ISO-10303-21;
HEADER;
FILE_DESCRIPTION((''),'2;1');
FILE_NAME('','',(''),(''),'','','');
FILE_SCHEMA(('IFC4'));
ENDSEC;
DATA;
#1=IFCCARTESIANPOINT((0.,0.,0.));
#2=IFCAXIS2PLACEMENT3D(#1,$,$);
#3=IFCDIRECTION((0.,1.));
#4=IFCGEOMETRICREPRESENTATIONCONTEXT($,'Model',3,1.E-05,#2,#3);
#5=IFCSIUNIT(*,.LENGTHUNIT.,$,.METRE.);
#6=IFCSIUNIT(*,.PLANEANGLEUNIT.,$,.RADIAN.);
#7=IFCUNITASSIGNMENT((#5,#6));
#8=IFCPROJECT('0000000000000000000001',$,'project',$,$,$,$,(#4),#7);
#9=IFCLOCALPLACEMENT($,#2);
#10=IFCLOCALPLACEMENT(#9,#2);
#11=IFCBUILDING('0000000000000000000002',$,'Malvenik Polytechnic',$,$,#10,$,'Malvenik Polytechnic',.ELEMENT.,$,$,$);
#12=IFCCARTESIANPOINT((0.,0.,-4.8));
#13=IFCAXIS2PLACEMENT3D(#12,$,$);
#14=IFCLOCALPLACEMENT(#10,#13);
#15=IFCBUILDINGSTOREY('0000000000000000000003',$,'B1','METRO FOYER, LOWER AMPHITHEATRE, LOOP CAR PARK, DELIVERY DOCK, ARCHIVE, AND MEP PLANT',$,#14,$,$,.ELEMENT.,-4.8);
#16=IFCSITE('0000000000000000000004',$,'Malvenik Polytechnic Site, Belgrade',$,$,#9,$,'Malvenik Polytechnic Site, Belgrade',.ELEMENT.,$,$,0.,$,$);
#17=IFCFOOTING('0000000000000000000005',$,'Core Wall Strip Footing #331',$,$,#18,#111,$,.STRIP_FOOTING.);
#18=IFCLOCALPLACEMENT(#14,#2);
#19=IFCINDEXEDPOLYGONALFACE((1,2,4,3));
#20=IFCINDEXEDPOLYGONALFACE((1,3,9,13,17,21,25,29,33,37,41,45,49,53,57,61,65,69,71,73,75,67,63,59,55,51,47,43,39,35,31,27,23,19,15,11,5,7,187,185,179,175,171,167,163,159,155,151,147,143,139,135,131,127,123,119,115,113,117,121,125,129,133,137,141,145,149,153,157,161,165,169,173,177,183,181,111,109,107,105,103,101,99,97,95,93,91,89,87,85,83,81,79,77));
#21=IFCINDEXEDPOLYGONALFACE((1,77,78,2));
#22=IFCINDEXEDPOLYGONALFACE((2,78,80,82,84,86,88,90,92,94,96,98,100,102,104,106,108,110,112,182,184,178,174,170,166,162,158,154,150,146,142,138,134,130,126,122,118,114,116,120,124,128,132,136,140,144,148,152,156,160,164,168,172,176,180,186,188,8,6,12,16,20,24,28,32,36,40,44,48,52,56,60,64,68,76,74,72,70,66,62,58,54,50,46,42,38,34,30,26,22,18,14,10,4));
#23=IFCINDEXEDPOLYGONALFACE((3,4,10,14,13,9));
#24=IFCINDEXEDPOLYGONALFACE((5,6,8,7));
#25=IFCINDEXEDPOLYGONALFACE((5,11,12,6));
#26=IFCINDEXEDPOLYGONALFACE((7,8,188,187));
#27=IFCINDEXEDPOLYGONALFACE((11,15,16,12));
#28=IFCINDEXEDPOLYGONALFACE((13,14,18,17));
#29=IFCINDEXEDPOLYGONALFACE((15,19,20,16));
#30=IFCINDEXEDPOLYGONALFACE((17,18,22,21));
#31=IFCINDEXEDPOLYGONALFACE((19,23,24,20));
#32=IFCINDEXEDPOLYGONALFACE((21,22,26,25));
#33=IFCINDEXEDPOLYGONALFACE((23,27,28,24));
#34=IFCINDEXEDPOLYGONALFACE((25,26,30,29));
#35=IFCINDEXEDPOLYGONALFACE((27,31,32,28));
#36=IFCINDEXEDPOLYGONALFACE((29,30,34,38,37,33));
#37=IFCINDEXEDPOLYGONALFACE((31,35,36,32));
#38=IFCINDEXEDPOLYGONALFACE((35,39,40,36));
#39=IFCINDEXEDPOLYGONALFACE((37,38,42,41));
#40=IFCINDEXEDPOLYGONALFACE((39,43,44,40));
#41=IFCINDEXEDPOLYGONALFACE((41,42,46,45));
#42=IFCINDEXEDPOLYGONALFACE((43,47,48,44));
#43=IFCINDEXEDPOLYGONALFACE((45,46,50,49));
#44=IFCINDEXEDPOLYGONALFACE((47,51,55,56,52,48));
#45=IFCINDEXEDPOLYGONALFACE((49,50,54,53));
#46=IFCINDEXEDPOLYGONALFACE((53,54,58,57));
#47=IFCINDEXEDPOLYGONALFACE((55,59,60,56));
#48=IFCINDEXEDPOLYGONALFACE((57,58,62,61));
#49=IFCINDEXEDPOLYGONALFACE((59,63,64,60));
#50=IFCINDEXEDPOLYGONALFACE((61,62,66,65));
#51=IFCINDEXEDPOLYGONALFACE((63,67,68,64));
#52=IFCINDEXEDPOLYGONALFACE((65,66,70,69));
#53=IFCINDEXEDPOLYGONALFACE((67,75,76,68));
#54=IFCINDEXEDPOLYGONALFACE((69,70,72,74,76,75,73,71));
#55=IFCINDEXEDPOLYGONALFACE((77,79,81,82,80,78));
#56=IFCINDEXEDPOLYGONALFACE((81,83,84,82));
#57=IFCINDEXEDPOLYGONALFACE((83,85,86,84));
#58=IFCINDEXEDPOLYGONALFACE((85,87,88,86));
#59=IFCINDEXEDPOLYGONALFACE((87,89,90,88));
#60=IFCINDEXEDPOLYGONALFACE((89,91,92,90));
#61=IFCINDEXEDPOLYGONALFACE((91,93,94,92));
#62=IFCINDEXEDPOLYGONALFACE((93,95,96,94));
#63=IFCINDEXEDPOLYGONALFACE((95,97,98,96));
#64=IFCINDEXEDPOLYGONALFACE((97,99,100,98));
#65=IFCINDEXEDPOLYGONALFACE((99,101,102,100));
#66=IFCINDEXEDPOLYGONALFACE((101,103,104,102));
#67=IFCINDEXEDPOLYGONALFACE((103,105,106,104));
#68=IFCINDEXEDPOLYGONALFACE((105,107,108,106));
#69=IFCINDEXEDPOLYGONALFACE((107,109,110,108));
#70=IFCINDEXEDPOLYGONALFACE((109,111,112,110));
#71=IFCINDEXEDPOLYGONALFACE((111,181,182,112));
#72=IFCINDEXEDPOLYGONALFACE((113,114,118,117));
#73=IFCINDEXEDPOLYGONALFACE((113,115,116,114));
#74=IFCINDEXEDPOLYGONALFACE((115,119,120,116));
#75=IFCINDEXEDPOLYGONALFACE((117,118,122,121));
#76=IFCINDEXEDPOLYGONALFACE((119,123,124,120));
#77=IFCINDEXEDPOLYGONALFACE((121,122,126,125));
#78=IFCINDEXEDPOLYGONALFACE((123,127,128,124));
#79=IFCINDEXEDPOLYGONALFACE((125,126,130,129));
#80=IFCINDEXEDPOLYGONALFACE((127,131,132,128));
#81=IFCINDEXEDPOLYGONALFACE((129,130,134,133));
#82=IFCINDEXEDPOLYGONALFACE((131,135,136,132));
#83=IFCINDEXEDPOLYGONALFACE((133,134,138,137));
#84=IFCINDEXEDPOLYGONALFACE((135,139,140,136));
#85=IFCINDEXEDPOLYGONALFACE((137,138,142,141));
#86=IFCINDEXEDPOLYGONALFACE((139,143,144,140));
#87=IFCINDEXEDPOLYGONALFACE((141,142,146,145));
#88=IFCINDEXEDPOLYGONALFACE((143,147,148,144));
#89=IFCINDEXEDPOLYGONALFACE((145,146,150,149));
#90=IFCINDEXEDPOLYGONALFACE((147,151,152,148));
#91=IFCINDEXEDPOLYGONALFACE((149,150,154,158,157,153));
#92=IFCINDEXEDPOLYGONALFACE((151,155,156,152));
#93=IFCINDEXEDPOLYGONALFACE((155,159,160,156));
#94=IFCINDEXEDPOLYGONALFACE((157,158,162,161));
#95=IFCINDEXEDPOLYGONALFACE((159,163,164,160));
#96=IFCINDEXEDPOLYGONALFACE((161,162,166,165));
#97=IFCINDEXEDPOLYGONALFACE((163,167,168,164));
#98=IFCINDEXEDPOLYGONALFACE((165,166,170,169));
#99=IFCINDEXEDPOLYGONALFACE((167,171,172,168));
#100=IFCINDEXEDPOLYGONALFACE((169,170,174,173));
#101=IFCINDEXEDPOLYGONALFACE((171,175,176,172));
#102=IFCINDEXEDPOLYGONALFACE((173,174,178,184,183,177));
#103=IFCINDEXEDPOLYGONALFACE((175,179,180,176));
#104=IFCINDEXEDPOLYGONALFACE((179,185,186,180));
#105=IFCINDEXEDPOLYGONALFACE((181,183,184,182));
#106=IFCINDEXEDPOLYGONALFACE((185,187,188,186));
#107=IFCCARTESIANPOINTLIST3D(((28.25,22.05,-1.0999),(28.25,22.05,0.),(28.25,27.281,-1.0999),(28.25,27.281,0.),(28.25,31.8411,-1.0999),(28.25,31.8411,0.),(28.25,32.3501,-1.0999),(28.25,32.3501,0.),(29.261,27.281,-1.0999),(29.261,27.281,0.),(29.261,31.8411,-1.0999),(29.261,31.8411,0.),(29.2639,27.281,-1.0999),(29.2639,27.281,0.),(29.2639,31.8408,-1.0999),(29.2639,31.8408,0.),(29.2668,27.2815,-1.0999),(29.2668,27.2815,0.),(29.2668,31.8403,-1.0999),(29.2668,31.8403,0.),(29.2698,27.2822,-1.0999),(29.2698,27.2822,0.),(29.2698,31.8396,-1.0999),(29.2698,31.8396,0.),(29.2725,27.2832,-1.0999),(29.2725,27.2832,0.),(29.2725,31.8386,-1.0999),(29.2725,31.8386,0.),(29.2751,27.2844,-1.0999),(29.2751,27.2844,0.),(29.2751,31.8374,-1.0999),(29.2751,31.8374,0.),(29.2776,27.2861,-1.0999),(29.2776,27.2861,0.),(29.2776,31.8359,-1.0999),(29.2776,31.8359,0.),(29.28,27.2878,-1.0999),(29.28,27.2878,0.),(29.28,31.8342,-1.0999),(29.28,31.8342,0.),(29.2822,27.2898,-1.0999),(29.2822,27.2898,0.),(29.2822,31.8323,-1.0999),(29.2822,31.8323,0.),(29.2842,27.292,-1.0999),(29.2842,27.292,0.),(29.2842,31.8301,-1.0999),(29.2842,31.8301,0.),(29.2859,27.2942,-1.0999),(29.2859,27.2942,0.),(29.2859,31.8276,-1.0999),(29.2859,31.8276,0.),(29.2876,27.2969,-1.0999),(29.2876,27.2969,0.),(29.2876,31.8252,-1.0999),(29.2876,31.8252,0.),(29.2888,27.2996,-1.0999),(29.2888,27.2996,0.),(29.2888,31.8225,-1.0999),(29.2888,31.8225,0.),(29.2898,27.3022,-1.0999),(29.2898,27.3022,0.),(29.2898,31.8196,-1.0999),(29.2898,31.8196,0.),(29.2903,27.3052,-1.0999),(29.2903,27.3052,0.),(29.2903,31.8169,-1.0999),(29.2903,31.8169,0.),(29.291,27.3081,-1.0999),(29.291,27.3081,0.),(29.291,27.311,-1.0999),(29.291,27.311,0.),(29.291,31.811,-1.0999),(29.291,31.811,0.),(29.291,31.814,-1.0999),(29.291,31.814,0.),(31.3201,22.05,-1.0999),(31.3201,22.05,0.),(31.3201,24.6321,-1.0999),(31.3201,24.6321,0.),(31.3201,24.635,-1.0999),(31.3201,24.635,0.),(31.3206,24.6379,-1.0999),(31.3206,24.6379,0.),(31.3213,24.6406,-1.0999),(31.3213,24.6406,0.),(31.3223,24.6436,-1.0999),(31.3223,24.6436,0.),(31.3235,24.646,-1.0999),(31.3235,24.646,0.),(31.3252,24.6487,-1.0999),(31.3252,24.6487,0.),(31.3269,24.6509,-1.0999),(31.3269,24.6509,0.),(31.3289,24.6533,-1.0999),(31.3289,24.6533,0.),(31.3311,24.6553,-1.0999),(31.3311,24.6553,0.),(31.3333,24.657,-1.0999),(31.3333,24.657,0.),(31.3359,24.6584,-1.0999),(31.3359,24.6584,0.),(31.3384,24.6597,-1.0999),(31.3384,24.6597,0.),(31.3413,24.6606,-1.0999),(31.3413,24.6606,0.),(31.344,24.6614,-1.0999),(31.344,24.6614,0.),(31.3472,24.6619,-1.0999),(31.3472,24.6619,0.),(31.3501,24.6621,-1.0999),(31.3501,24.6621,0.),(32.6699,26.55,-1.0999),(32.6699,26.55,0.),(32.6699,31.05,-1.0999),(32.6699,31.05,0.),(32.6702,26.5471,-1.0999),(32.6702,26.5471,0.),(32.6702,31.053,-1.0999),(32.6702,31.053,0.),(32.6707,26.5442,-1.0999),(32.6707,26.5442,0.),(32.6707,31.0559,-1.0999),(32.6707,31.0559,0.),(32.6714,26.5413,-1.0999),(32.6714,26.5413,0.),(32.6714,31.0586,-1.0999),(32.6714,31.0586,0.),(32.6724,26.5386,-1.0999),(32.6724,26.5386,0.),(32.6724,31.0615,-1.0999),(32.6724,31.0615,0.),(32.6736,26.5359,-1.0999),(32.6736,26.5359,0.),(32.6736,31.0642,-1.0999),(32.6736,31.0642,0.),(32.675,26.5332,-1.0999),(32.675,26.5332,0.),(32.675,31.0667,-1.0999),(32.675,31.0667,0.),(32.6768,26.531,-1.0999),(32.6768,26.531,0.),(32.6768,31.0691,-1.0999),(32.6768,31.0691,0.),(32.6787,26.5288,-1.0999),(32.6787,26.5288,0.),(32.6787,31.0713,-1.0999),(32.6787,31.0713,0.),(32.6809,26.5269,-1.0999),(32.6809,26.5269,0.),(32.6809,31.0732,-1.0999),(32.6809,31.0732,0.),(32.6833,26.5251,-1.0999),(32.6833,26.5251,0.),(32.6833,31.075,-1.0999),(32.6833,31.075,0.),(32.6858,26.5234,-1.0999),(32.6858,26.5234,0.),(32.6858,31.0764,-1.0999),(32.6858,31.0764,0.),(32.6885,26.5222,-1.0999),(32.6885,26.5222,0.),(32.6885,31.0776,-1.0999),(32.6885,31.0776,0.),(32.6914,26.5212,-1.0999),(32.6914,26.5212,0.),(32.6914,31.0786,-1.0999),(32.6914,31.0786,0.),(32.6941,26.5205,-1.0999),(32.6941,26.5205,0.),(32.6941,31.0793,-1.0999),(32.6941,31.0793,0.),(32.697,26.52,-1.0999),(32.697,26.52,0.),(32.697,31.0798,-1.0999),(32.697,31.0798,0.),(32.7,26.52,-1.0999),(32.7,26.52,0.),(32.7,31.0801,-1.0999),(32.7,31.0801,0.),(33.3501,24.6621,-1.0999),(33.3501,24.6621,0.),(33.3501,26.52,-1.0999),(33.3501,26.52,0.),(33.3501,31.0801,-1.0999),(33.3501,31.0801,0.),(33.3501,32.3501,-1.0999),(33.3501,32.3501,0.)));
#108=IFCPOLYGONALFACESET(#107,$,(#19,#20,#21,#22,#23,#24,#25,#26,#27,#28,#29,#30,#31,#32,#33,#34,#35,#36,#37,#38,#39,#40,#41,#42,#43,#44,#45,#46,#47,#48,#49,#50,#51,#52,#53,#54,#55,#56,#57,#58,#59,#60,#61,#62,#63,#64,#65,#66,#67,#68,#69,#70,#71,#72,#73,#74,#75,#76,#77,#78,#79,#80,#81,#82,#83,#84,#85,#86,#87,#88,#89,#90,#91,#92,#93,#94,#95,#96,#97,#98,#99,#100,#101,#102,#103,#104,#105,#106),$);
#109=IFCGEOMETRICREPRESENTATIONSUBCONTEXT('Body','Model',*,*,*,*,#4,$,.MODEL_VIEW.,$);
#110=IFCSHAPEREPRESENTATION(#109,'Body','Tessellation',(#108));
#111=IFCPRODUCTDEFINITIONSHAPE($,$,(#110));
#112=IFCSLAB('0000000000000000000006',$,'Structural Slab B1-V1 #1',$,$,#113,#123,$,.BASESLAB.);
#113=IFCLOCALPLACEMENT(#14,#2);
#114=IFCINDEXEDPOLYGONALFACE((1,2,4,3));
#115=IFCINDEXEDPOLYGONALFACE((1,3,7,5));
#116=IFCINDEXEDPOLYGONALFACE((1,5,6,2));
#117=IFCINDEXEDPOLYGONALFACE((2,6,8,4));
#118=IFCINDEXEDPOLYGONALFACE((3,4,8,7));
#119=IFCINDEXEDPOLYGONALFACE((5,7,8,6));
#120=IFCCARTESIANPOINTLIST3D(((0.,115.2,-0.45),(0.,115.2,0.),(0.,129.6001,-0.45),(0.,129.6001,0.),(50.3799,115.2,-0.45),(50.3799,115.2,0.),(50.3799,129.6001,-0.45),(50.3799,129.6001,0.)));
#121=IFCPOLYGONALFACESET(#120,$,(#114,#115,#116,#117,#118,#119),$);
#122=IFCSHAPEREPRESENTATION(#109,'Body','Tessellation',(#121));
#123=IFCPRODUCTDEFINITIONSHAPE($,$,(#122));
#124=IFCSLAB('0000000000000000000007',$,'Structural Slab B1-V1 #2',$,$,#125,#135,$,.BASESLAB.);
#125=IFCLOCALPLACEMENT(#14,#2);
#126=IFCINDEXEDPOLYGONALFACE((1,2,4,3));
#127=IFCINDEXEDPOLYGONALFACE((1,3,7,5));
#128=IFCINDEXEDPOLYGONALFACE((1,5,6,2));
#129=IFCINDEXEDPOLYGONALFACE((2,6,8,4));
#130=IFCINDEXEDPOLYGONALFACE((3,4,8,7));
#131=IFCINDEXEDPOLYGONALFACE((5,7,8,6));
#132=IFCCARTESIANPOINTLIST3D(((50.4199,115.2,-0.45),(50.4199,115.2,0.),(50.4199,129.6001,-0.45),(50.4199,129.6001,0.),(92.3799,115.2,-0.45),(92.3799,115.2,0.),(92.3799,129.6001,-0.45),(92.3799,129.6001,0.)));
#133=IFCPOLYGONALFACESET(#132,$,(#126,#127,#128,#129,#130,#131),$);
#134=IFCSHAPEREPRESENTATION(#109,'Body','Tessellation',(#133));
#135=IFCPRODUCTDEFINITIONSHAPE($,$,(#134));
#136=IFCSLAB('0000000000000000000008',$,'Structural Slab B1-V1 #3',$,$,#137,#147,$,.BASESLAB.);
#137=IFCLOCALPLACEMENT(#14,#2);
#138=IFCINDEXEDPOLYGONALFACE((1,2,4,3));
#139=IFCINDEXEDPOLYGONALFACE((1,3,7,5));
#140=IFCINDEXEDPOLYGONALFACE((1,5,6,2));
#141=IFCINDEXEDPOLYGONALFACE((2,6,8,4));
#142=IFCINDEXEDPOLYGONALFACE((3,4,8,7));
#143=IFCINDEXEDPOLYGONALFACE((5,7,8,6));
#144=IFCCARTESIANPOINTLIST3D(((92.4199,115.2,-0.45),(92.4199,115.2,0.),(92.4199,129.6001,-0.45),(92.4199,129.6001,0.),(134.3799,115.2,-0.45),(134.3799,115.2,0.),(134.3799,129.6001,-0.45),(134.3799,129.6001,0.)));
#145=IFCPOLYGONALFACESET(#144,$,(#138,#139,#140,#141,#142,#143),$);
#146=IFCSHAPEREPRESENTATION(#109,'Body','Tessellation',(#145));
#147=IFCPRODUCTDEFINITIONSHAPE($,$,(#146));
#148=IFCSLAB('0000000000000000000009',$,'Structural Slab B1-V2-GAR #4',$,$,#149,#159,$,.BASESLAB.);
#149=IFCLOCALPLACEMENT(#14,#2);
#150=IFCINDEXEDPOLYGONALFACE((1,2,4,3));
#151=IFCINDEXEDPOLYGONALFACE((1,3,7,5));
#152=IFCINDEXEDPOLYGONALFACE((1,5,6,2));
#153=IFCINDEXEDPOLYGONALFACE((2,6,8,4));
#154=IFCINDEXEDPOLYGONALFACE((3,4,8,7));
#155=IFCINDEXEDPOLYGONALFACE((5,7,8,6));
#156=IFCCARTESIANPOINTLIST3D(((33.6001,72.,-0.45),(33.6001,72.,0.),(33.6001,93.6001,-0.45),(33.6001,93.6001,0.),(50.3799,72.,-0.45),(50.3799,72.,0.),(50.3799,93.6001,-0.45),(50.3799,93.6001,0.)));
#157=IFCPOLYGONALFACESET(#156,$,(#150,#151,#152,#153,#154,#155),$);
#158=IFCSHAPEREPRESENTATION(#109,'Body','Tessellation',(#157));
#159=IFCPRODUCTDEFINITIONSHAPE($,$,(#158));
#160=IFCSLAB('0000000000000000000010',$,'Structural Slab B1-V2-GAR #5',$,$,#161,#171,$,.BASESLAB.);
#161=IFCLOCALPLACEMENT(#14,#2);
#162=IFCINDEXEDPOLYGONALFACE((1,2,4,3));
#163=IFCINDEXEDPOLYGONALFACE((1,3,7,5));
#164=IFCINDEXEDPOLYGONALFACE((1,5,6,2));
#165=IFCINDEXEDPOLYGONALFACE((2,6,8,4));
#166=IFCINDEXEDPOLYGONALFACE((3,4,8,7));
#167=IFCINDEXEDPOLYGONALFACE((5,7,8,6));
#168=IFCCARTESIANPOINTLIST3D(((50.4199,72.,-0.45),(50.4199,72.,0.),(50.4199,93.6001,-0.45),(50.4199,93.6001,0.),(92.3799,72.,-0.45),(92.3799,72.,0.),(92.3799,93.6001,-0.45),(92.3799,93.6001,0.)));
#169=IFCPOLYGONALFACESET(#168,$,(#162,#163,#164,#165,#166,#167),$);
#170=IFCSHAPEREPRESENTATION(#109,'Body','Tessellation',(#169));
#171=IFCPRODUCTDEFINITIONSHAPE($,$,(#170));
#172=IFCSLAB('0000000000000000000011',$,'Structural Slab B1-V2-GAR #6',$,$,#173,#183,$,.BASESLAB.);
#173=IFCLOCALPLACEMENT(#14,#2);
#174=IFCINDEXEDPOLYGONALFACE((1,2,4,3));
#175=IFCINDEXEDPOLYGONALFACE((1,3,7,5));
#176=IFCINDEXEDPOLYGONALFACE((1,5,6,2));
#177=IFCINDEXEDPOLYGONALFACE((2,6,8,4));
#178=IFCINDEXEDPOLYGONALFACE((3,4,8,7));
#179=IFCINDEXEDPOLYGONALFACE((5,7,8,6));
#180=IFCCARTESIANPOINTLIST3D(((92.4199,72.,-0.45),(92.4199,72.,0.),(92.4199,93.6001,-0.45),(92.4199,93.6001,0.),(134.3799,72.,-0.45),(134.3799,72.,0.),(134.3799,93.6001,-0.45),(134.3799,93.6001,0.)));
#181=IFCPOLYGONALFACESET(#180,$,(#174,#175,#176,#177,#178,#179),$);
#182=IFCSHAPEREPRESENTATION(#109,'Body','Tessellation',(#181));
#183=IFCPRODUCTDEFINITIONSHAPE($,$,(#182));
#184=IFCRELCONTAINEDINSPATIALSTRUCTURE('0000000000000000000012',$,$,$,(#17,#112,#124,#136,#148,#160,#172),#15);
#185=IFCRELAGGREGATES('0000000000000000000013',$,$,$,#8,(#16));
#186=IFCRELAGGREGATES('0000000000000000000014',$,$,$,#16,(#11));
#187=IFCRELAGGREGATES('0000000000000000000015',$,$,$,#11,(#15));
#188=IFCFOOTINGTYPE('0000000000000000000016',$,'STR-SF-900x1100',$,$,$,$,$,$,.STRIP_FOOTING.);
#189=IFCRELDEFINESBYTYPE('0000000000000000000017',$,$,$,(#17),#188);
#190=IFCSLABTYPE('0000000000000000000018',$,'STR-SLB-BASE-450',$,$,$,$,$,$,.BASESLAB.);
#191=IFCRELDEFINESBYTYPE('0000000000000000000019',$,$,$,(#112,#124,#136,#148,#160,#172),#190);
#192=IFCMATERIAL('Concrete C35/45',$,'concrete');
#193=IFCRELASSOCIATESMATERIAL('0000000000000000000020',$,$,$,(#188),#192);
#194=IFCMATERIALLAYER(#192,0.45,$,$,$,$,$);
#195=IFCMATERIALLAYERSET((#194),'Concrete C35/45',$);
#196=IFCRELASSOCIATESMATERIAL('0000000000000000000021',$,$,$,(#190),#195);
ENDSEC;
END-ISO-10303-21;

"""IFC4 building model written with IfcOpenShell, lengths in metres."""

from ifc_helpers import new_model, si_unit, direction, frame, origin, place, context, subcontext, project, spatial, polyline, outline, extrude, material, layer, layer_set, type_object, element, save


model = new_model("IFC4")

# Units and contexts
model_context = context("Model", 3, precision=1e-05, world=origin(), true_north=direction((0.0, 1.0)))
body_context = subcontext(model_context, "Body", "Model", "MODEL_VIEW")
ifc_project = project(units=[si_unit("LENGTHUNIT", "METRE"), si_unit("PLANEANGLEUNIT", "RADIAN")], contexts=[model_context])

# Site, building, storey
site_placement = place(None, origin())
site = spatial("IfcSite", under=ifc_project, at=site_placement, Name="Malvenik Polytechnic Site, Belgrade", LongName="Malvenik Polytechnic Site, Belgrade", CompositionType="ELEMENT", RefElevation=0.0)
building_placement = place(site_placement, origin())
building = spatial("IfcBuilding", under=site, at=building_placement, Name="Malvenik Polytechnic", LongName="Malvenik Polytechnic", CompositionType="ELEMENT")
storey_placement = place(building_placement, frame((0.0, 0.0, -4.8)))
storey = spatial("IfcBuildingStorey", under=building, at=storey_placement, Name="B1", Description="METRO FOYER, LOWER AMPHITHEATRE, LOOP CAR PARK, DELIVERY DOCK, ARCHIVE, AND MEP PLANT", CompositionType="ELEMENT", Elevation=-4.8)

# Footing
ifc_material = material(Name="Concrete C35/45", Category="concrete")
footing_type_1 = type_object("IfcFootingType", Name="STR-SF-900x1100", PredefinedType="STRIP_FOOTING", material=ifc_material)
footing_1_placement = place(storey_placement, frame((0.0, 0.0, -1.0999)))
element("IfcFooting", 1, at=footing_1_placement, inside=storey, type_object=footing_type_1, Name="Core Wall Strip Footing #331", PredefinedType="STRIP_FOOTING", context=body_context, shape_type="SweptSolid", body=[
    extrude(outline(polyline([(33.3501, 24.6621), (31.3501, 24.6621), (31.3472, 24.6619), (31.344, 24.6614), (31.3413, 24.6606), (31.3384, 24.6597), (31.3359, 24.6584), (31.3333, 24.657), (31.3311, 24.6553), (31.3289, 24.6533), (31.3269, 24.6509), (31.3252, 24.6487), (31.3235, 24.646), (31.3223, 24.6436), (31.3213, 24.6406), (31.3206, 24.6379), (31.3201, 24.635), (31.3201, 24.6321), (31.3201, 22.05), (28.25, 22.05), (28.25, 27.281), (29.261, 27.281), (29.2639, 27.281), (29.2668, 27.2815), (29.2698, 27.2822), (29.2725, 27.2832), (29.2751, 27.2844), (29.2776, 27.2861), (29.28, 27.2878), (29.2822, 27.2898), (29.2842, 27.292), (29.2859, 27.2942), (29.2876, 27.2969), (29.2888, 27.2996), (29.2898, 27.3022), (29.2903, 27.3052), (29.291, 27.3081), (29.291, 27.311), (29.291, 31.811), (29.291, 31.814), (29.2903, 31.8169), (29.2898, 31.8196), (29.2888, 31.8225), (29.2876, 31.8252), (29.2859, 31.8276), (29.2842, 31.8301), (29.2822, 31.8323), (29.28, 31.8342), (29.2776, 31.8359), (29.2751, 31.8374), (29.2725, 31.8386), (29.2698, 31.8396), (29.2668, 31.8403), (29.2639, 31.8408), (29.261, 31.8411), (28.25, 31.8411), (28.25, 32.3501), (33.3501, 32.3501), (33.3501, 31.0801), (32.7, 31.0801), (32.697, 31.0798), (32.6941, 31.0793), (32.6914, 31.0786), (32.6885, 31.0776), (32.6858, 31.0764), (32.6833, 31.075), (32.6809, 31.0732), (32.6787, 31.0713), (32.6768, 31.0691), (32.675, 31.0667), (32.6736, 31.0642), (32.6724, 31.0615), (32.6714, 31.0586), (32.6707, 31.0559), (32.6702, 31.053), (32.6699, 31.05), (32.6699, 26.55), (32.6702, 26.5471), (32.6707, 26.5442), (32.6714, 26.5413), (32.6724, 26.5386), (32.6736, 26.5359), (32.675, 26.5332), (32.6768, 26.531), (32.6787, 26.5288), (32.6809, 26.5269), (32.6833, 26.5251), (32.6858, 26.5234), (32.6885, 26.5222), (32.6914, 26.5212), (32.6941, 26.5205), (32.697, 26.52), (32.7, 26.52), (33.3501, 26.52), (33.3501, 24.6621)])), origin(), (0.0, 0.0, 1.0), 1.0999),
])

# Slabs
ifc_layer = layer(ifc_material, 0.45)
ifc_layer_set = layer_set([ifc_layer], Name="Concrete C35/45")
slab_type = type_object("IfcSlabType", Name="STR-SLB-BASE-450", PredefinedType="BASESLAB", material=ifc_layer_set)
slab_1_placement = place(storey_placement, frame((0.0, 0.0, -0.45)))
element("IfcSlab", 2, at=slab_1_placement, inside=storey, type_object=slab_type, Name="Structural Slab B1-V1 #1", PredefinedType="BASESLAB", context=body_context, shape_type="SweptSolid", body=[
    extrude(outline(polyline([(0.0, 129.6001), (50.3799, 129.6001), (50.3799, 115.2), (0.0, 115.2), (0.0, 129.6001)])), origin(), (0.0, 0.0, 1.0), 0.45),
])
slab_2_placement = place(storey_placement, frame((0.0, 0.0, -0.45)))
element("IfcSlab", 3, at=slab_2_placement, inside=storey, type_object=slab_type, Name="Structural Slab B1-V1 #2", PredefinedType="BASESLAB", context=body_context, shape_type="SweptSolid", body=[
    extrude(outline(polyline([(92.3799, 129.6001), (92.3799, 115.2), (50.4199, 115.2), (50.4199, 129.6001), (92.3799, 129.6001)])), origin(), (0.0, 0.0, 1.0), 0.45),
])
slab_3_placement = place(storey_placement, frame((0.0, 0.0, -0.45)))
element("IfcSlab", 4, at=slab_3_placement, inside=storey, type_object=slab_type, Name="Structural Slab B1-V1 #3", PredefinedType="BASESLAB", context=body_context, shape_type="SweptSolid", body=[
    extrude(outline(polyline([(134.3799, 129.6001), (134.3799, 115.2), (92.4199, 115.2), (92.4199, 129.6001), (134.3799, 129.6001)])), origin(), (0.0, 0.0, 1.0), 0.45),
])
slab_4_placement = place(storey_placement, frame((0.0, 0.0, -0.45)))
element("IfcSlab", 5, at=slab_4_placement, inside=storey, type_object=slab_type, Name="Structural Slab B1-V2-GAR #4", PredefinedType="BASESLAB", context=body_context, shape_type="SweptSolid", body=[
    extrude(outline(polyline([(50.3799, 93.6001), (50.3799, 72.0), (33.6001, 72.0), (33.6001, 93.6001), (50.3799, 93.6001)])), origin(), (0.0, 0.0, 1.0), 0.45),
])
slab_5_placement = place(storey_placement, frame((0.0, 0.0, -0.45)))
element("IfcSlab", 6, at=slab_5_placement, inside=storey, type_object=slab_type, Name="Structural Slab B1-V2-GAR #5", PredefinedType="BASESLAB", context=body_context, shape_type="SweptSolid", body=[
    extrude(outline(polyline([(92.3799, 93.6001), (92.3799, 72.0), (50.4199, 72.0), (50.4199, 93.6001), (92.3799, 93.6001)])), origin(), (0.0, 0.0, 1.0), 0.45),
])
slab_6_placement = place(storey_placement, frame((0.0, 0.0, -0.45)))
element("IfcSlab", 7, at=slab_6_placement, inside=storey, type_object=slab_type, Name="Structural Slab B1-V2-GAR #6", PredefinedType="BASESLAB", context=body_context, shape_type="SweptSolid", body=[
    extrude(outline(polyline([(134.3799, 93.6001), (134.3799, 72.0), (92.4199, 72.0), (92.4199, 93.6001), (134.3799, 93.6001)])), origin(), (0.0, 0.0, 1.0), 0.45),
])

save(model, "model.ifc")
